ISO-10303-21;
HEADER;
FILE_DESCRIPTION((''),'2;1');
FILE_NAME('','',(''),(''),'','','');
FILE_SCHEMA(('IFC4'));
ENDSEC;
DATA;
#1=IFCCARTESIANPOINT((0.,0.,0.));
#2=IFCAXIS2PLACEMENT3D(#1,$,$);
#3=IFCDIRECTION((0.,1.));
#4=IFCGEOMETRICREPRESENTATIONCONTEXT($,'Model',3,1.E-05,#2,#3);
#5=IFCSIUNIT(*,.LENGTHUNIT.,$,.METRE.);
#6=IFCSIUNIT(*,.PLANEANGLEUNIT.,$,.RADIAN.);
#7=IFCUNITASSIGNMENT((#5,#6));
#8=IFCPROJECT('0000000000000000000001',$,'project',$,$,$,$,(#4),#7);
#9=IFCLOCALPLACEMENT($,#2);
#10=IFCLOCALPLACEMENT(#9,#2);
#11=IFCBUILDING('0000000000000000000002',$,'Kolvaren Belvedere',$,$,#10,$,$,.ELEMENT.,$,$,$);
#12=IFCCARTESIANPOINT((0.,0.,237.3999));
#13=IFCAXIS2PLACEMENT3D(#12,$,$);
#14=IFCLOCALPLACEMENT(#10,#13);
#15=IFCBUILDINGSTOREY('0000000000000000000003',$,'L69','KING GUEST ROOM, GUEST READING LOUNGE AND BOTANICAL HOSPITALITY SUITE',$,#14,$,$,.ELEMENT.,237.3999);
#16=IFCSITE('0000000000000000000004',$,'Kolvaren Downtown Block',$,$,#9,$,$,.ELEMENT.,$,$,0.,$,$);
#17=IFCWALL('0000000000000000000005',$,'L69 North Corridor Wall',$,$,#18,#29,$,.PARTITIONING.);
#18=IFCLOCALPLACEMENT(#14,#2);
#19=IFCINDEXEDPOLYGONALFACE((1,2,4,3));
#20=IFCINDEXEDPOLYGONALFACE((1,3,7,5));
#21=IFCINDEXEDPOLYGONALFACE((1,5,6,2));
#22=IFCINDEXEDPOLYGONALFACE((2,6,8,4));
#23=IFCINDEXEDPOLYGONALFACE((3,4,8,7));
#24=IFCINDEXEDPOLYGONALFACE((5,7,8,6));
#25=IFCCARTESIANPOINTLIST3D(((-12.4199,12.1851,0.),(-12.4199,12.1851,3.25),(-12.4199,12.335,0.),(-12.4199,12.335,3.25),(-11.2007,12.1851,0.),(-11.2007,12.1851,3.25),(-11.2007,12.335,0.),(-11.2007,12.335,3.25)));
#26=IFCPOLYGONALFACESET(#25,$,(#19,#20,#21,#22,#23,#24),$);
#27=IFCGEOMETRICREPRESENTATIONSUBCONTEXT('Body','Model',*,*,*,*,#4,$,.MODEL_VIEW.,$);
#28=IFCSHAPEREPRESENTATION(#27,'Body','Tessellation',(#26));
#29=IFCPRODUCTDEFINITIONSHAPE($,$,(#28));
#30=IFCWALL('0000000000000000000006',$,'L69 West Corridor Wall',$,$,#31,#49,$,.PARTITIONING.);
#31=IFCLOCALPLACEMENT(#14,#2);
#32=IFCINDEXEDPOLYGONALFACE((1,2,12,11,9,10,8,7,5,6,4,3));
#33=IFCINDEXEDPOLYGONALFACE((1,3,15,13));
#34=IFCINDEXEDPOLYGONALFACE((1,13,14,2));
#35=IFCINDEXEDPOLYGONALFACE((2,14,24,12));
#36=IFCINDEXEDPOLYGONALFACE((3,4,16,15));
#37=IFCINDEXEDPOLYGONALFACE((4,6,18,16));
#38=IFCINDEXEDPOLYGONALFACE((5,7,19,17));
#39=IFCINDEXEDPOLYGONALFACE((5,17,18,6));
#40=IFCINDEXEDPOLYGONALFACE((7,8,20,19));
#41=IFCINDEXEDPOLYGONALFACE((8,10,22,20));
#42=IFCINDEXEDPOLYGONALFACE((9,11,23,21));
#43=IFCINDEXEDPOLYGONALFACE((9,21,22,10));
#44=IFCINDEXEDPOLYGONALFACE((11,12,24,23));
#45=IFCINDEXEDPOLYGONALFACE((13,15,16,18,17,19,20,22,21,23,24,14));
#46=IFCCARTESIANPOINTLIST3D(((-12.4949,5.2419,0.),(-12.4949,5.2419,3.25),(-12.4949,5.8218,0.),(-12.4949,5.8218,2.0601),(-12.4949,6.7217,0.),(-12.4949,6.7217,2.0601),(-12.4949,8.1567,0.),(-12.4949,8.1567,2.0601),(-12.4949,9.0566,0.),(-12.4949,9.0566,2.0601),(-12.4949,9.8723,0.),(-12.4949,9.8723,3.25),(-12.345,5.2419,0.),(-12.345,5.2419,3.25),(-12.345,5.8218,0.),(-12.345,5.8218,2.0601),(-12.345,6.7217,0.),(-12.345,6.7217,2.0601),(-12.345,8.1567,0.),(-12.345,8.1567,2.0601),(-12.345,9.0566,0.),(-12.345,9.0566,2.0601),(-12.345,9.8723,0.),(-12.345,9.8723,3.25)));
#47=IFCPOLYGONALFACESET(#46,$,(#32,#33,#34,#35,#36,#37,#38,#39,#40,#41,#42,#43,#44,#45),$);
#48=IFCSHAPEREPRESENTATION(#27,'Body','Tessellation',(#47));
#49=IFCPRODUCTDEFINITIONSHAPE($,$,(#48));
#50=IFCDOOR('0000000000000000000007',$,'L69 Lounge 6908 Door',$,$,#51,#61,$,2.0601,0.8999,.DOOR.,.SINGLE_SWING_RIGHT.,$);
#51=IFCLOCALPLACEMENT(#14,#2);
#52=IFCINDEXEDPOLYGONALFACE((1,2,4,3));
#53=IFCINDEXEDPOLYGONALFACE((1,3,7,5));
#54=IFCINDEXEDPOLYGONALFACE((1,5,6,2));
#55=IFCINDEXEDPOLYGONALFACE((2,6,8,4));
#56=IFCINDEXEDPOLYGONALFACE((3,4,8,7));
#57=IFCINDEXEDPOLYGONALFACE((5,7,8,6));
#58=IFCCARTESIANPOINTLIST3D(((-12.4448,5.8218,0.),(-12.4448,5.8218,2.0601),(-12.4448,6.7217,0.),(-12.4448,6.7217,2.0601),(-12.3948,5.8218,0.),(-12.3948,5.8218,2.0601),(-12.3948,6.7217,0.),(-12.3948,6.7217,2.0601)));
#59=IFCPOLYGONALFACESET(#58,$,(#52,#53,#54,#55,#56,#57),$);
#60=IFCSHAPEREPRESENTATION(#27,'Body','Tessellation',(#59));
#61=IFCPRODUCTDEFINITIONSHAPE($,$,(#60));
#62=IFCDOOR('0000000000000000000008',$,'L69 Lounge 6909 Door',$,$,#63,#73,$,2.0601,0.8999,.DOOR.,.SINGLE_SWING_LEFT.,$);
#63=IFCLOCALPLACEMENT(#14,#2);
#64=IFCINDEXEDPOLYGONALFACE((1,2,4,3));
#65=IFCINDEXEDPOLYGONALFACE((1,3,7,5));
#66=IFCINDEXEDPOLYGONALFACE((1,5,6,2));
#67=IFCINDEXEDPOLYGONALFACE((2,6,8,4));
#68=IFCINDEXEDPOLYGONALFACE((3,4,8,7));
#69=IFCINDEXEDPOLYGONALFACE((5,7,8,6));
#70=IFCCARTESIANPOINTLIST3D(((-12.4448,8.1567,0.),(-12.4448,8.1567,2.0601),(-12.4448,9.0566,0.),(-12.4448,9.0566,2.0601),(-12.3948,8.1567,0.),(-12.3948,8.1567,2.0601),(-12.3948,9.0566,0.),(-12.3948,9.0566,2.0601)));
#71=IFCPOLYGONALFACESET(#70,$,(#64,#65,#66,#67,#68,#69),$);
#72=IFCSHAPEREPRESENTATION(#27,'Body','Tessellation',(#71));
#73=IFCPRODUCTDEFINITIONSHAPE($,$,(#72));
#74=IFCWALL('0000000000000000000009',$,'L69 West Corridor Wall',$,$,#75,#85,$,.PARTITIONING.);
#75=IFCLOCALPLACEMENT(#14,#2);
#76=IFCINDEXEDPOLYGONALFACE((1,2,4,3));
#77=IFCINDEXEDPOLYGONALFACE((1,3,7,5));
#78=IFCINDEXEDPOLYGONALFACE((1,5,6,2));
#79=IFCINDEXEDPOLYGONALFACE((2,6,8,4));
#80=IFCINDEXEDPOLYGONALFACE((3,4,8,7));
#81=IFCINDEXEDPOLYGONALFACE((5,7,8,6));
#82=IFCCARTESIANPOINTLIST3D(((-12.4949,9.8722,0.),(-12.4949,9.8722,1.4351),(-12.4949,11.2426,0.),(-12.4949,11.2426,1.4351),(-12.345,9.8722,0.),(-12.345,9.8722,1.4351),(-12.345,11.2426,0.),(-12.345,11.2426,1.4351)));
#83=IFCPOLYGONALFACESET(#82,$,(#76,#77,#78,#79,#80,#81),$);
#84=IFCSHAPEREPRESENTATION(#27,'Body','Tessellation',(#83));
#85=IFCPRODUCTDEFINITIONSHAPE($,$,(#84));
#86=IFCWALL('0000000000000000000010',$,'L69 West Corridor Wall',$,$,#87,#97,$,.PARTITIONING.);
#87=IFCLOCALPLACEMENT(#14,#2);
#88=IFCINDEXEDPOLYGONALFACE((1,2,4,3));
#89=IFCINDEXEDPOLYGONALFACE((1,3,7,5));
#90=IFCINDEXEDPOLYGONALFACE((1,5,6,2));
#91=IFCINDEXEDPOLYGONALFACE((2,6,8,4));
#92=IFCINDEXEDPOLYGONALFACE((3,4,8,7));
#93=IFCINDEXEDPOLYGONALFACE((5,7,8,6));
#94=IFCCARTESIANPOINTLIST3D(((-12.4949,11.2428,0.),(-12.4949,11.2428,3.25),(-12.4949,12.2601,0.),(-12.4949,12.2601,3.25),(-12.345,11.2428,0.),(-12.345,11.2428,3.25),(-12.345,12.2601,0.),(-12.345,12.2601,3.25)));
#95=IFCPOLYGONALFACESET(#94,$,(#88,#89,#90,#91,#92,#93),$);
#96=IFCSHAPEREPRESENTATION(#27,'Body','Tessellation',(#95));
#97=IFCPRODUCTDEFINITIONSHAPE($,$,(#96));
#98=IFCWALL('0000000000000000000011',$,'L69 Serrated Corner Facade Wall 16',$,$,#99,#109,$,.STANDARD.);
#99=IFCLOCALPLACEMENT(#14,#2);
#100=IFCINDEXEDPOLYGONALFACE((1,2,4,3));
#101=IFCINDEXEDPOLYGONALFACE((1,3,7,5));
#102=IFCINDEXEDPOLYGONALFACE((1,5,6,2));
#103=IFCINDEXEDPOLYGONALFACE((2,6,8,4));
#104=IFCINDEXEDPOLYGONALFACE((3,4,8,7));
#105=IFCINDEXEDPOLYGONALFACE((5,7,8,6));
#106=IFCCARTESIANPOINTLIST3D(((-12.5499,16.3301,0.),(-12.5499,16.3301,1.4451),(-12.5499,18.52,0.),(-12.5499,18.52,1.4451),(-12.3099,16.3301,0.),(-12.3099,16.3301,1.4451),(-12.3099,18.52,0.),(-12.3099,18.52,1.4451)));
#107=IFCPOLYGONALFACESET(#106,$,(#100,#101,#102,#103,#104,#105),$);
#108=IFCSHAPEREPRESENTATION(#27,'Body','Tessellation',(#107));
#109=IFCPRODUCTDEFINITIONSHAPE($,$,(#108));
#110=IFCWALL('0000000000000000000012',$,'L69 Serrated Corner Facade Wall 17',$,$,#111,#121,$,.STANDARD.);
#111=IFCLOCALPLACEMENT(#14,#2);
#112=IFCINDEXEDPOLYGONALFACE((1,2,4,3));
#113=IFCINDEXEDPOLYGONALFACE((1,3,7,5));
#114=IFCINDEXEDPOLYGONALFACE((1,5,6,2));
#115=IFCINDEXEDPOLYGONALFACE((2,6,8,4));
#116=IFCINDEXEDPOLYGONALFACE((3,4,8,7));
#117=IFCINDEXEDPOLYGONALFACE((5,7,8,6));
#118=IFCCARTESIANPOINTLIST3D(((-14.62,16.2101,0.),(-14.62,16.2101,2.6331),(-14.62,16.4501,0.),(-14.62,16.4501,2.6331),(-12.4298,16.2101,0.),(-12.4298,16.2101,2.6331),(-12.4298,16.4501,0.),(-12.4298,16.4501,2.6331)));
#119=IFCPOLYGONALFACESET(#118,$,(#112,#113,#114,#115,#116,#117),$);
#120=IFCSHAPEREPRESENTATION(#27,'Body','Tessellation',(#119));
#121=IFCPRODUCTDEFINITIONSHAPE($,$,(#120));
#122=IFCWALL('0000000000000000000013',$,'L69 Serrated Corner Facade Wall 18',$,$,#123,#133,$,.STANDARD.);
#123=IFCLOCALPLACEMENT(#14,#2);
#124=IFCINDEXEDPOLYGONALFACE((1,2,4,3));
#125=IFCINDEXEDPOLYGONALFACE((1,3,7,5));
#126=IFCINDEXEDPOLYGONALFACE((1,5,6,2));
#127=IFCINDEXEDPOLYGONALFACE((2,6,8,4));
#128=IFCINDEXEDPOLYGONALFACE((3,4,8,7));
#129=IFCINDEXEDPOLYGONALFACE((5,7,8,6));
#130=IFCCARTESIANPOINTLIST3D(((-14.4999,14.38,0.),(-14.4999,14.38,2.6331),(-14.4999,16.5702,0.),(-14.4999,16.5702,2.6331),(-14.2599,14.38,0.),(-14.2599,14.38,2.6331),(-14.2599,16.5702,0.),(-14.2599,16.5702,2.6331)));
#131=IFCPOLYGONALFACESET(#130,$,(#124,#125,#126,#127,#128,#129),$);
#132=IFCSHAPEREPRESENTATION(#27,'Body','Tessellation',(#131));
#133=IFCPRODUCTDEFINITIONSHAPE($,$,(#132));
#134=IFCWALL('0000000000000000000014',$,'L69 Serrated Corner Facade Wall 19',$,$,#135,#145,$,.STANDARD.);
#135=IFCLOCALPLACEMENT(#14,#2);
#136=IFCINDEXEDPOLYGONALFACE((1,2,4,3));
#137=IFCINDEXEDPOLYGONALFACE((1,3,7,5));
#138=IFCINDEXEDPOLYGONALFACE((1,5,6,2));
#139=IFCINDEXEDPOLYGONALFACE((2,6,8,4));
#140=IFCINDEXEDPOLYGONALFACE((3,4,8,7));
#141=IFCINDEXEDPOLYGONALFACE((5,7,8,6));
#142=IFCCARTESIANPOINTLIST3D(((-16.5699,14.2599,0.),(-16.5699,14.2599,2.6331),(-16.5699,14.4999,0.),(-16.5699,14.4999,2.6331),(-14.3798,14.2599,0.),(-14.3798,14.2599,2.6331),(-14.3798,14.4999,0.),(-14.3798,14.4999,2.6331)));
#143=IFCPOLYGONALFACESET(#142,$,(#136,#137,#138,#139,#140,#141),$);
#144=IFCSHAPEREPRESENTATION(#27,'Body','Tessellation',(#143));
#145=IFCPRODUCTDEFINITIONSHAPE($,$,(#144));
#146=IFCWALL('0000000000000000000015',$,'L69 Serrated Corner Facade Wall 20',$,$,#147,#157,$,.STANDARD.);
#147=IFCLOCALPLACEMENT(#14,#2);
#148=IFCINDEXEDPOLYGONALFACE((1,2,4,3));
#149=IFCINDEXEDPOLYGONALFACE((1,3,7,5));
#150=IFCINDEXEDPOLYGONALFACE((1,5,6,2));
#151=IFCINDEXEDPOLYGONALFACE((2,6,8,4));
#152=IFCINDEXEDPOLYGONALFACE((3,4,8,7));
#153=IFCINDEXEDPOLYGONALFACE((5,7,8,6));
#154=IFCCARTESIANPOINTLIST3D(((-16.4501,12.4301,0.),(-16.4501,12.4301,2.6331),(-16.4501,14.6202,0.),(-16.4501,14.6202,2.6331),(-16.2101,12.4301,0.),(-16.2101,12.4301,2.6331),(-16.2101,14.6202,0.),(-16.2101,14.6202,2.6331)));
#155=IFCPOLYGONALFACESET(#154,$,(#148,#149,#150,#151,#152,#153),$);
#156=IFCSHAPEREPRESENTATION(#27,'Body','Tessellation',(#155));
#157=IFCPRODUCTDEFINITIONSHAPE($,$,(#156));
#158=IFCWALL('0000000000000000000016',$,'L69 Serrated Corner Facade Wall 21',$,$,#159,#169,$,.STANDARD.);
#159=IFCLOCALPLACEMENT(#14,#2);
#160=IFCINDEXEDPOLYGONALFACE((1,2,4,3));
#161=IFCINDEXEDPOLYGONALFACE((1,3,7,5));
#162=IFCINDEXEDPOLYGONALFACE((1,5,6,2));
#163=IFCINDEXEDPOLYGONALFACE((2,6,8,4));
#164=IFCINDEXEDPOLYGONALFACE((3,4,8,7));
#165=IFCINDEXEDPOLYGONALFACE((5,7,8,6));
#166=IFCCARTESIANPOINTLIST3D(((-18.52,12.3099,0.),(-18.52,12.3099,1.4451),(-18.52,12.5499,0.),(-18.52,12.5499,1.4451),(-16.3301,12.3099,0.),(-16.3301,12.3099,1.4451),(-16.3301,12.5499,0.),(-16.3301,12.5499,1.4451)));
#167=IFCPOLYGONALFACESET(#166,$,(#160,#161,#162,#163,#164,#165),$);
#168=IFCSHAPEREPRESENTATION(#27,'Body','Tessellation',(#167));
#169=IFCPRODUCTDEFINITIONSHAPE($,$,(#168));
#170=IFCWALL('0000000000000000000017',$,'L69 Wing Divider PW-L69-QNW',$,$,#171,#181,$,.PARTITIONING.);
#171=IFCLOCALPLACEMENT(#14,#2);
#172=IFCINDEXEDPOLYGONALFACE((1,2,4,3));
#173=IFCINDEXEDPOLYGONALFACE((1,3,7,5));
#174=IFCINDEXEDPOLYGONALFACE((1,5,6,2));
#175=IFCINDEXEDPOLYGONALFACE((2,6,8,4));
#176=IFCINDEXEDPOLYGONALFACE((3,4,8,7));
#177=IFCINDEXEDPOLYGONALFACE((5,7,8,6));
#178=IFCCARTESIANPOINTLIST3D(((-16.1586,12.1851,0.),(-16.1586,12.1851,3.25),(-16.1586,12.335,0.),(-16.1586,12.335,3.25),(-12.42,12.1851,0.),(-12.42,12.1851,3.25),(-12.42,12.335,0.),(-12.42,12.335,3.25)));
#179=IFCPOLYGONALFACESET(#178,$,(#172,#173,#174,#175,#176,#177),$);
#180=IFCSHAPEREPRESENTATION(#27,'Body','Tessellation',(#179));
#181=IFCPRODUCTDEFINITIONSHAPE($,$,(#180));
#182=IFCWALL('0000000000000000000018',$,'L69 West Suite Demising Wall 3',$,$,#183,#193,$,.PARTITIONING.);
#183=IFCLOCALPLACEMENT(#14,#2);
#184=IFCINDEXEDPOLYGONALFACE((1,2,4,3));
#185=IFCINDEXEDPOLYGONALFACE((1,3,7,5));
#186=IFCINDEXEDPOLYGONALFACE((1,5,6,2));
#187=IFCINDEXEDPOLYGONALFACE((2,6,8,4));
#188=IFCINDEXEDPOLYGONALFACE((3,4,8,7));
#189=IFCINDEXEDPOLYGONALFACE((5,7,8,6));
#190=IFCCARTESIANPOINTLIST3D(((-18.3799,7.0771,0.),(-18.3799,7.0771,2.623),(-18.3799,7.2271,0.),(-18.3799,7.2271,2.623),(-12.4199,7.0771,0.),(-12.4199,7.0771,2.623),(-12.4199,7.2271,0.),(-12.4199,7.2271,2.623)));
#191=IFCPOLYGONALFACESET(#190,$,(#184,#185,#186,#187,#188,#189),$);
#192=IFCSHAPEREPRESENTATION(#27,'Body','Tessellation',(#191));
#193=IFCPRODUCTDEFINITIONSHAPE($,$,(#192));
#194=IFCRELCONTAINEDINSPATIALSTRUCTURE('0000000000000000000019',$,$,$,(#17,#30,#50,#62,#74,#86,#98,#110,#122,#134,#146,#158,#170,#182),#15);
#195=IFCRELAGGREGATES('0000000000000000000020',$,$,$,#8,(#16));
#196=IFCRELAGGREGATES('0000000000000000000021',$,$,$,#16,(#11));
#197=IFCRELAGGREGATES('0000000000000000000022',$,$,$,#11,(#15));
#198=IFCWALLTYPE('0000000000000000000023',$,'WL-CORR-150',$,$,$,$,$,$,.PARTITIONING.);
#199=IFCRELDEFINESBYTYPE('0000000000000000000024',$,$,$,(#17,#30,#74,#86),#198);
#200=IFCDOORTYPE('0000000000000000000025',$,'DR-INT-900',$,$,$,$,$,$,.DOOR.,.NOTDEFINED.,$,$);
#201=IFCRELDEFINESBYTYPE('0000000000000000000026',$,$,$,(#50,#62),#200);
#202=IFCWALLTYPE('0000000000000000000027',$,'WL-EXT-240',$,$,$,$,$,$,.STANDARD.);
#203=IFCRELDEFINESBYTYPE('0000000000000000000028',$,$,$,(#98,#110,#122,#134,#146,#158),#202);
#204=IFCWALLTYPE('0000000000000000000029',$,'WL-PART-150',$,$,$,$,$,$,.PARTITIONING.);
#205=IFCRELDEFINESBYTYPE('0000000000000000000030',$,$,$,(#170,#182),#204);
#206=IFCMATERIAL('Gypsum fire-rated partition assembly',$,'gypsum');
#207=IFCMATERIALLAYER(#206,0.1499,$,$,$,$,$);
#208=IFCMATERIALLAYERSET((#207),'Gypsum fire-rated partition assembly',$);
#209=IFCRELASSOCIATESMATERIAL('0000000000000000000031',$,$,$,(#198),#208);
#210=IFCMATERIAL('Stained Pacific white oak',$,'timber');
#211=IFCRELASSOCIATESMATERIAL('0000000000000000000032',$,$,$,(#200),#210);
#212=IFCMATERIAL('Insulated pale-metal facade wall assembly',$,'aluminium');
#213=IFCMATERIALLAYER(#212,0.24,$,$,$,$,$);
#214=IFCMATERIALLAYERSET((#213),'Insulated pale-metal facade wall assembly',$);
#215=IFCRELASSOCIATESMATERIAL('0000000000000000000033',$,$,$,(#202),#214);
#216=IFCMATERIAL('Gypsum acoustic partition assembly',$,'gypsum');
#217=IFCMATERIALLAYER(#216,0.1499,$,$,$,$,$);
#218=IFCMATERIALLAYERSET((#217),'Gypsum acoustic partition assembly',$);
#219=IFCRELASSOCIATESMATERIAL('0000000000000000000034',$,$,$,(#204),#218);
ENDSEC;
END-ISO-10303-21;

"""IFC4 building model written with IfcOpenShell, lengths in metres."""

from ifc_helpers import new_model, si_unit, direction, frame, frame_2d, origin, place, context, subcontext, project, spatial, rectangle, extrude, material, layer, layer_set, type_object, element, fill, save


model = new_model("IFC4")

# Units and contexts
model_context = context("Model", 3, precision=1e-05, world=origin(), true_north=direction((0.0, 1.0)))
body_context = subcontext(model_context, "Body", "Model", "MODEL_VIEW")
ifc_project = project(units=[si_unit("LENGTHUNIT", "METRE"), si_unit("PLANEANGLEUNIT", "RADIAN")], contexts=[model_context])

# Site, building, storey
site_placement = place(None, origin())
site = spatial("IfcSite", under=ifc_project, at=site_placement, Name="Kolvaren Downtown Block", CompositionType="ELEMENT", RefElevation=0.0)
building_placement = place(site_placement, origin())
building = spatial("IfcBuilding", under=site, at=building_placement, Name="Kolvaren Belvedere", CompositionType="ELEMENT")
storey_placement = place(building_placement, frame((0.0, 0.0, 237.3999)))
storey = spatial("IfcBuildingStorey", under=building, at=storey_placement, Name="L69", Description="KING GUEST ROOM, GUEST READING LOUNGE AND BOTANICAL HOSPITALITY SUITE", CompositionType="ELEMENT", Elevation=237.3999)

# Wall
ifc_material_1 = material(Name="Gypsum fire-rated partition assembly", Category="gypsum")
ifc_layer_1 = layer(ifc_material_1, 0.1499)
ifc_layer_set_1 = layer_set([ifc_layer_1], Name="Gypsum fire-rated partition assembly")
wall_type_1 = type_object("IfcWallType", Name="WL-CORR-150", PredefinedType="PARTITIONING", material=ifc_layer_set_1)
wall_1_placement = place(storey_placement, frame((-12.4199, 12.26, 0.0), z_axis=(0.0, 0.0, 1.0), x_axis=(1.0, 0.0, 0.0)))
element("IfcWall", 1, at=wall_1_placement, inside=storey, type_object=wall_type_1, Name="L69 North Corridor Wall", PredefinedType="PARTITIONING", context=body_context, shape_type="SweptSolid", body=[
    extrude(rectangle(XDim=1.2192, YDim=0.1499, at=frame_2d((0.6096, 0.0))), origin(), (0.0, 0.0, 1.0), 3.25),
])

# Wall, openings, doors
wall_2_placement = place(storey_placement, frame((-12.4199, 5.2419, 0.0), z_axis=(0.0, 0.0, 1.0), x_axis=(0.0, 1.0, 0.0)))
wall_2 = element("IfcWall", 2, at=wall_2_placement, inside=storey, type_object=wall_type_1, Name="L69 West Corridor Wall", PredefinedType="PARTITIONING", context=body_context, shape_type="SweptSolid", body=[
    extrude(rectangle(XDim=4.6304, YDim=0.1499, at=frame_2d((2.3152, 0.0))), origin(), (0.0, 0.0, 1.0), 3.25),
])
opening_1_placement = place(wall_2_placement, frame((0.5798, 0.0, 0.0)))
opening_1 = element("IfcOpeningElement", 3, at=opening_1_placement, cuts=wall_2, PredefinedType="OPENING", context=body_context, shape_type="SweptSolid", body=[
    extrude(rectangle(XDim=0.8999, YDim=2.0601, at=frame_2d((0.45, 1.03))), frame((0.0, 0.085, 0.0), z_axis=(0.0, -1.0, 0.0), x_axis=(1.0, 0.0, 0.0)), (0.0, 0.0, 1.0), 0.1699),
])
opening_2_placement = place(wall_2_placement, frame((2.9148, 0.0, 0.0)))
opening_2 = element("IfcOpeningElement", 4, at=opening_2_placement, cuts=wall_2, PredefinedType="OPENING", context=body_context, shape_type="SweptSolid", body=[
    extrude(rectangle(XDim=0.8999, YDim=2.0601, at=frame_2d((0.45, 1.03))), frame((0.0, 0.085, 0.0), z_axis=(0.0, -1.0, 0.0), x_axis=(1.0, 0.0, 0.0)), (0.0, 0.0, 1.0), 0.1699),
])
ifc_material_2 = material(Name="Stained Pacific white oak", Category="timber")
door_type = type_object("IfcDoorType", Name="DR-INT-900", OperationType="NOTDEFINED", PredefinedType="DOOR", material=ifc_material_2)
door_1_placement = place(opening_1_placement, origin())
door_1 = element("IfcDoor", 5, at=door_1_placement, inside=storey, type_object=door_type, Name="L69 Lounge 6908 Door", OperationType="SINGLE_SWING_RIGHT", OverallHeight=2.0601, OverallWidth=0.8999, PredefinedType="DOOR", context=body_context, shape_type="SweptSolid", body=[
    extrude(rectangle(XDim=0.8999, YDim=2.0601, at=frame_2d((0.45, 1.03))), frame((0.0, 0.0249, 0.0), z_axis=(0.0, -1.0, 0.0), x_axis=(1.0, 0.0, 0.0)), (0.0, 0.0, 1.0), 0.05),
])
fill(opening_1, door_1)
door_2_placement = place(opening_2_placement, origin())
door_2 = element("IfcDoor", 6, at=door_2_placement, inside=storey, type_object=door_type, Name="L69 Lounge 6909 Door", OperationType="SINGLE_SWING_LEFT", OverallHeight=2.0601, OverallWidth=0.8999, PredefinedType="DOOR", context=body_context, shape_type="SweptSolid", body=[
    extrude(rectangle(XDim=0.8999, YDim=2.0601, at=frame_2d((0.45, 1.03))), frame((0.0, 0.0249, 0.0), z_axis=(0.0, -1.0, 0.0), x_axis=(1.0, 0.0, 0.0)), (0.0, 0.0, 1.0), 0.05),
])
fill(opening_2, door_2)

# Walls
wall_3_placement = place(storey_placement, frame((-12.4199, 9.8723, 0.0), z_axis=(0.0, 0.0, 1.0), x_axis=(0.0, 1.0, 0.0)))
element("IfcWall", 7, at=wall_3_placement, inside=storey, type_object=wall_type_1, Name="L69 West Corridor Wall", PredefinedType="PARTITIONING", context=body_context, shape_type="SweptSolid", body=[
    extrude(rectangle(XDim=1.3704, YDim=0.1499, at=frame_2d((0.6851, 0.0))), origin(), (0.0, 0.0, 1.0), 1.4351),
])
wall_4_placement = place(storey_placement, frame((-12.4199, 11.2427, 0.0), z_axis=(0.0, 0.0, 1.0), x_axis=(0.0, 1.0, 0.0)))
element("IfcWall", 8, at=wall_4_placement, inside=storey, type_object=wall_type_1, Name="L69 West Corridor Wall", PredefinedType="PARTITIONING", context=body_context, shape_type="SweptSolid", body=[
    extrude(rectangle(XDim=1.0173, YDim=0.1499, at=frame_2d((0.5088, 0.0))), origin(), (0.0, 0.0, 1.0), 3.25),
])
ifc_material_3 = material(Name="Insulated pale-metal facade wall assembly", Category="aluminium")
ifc_layer_2 = layer(ifc_material_3, 0.24)
ifc_layer_set_2 = layer_set([ifc_layer_2], Name="Insulated pale-metal facade wall assembly")
wall_type_2 = type_object("IfcWallType", Name="WL-EXT-240", PredefinedType="STANDARD", material=ifc_layer_set_2)
wall_5_placement = place(storey_placement, frame((-12.4299, 16.3301, 0.0), z_axis=(0.0, 0.0, 1.0), x_axis=(0.0, 1.0, 0.0)))
element("IfcWall", 9, at=wall_5_placement, inside=storey, type_object=wall_type_2, Name="L69 Serrated Corner Facade Wall 16", PredefinedType="STANDARD", context=body_context, shape_type="SweptSolid", body=[
    extrude(rectangle(XDim=2.1899, YDim=0.24, at=frame_2d((1.095, 0.0))), origin(), (0.0, 0.0, 1.0), 1.4451),
])
for number, where, z_axis, x_axis, name in (
    (10, (-14.6201, 16.3301, 0.0), (0.0, 0.0, 1.0), (1.0, 0.0, 0.0), "L69 Serrated Corner Facade Wall 17"),
    (11, (-14.3799, 14.3799, 0.0), (0.0, 0.0, 1.0), (0.0, 1.0, 0.0), "L69 Serrated Corner Facade Wall 18"),
    (12, (-16.5701, 14.3799, 0.0), (0.0, 0.0, 1.0), (1.0, 0.0, 0.0), "L69 Serrated Corner Facade Wall 19"),
    (13, (-16.3301, 12.4299, 0.0), (0.0, 0.0, 1.0), (0.0, 1.0, 0.0), "L69 Serrated Corner Facade Wall 20"),
):
    element("IfcWall", number, at=place(storey_placement, frame(where, z_axis=z_axis, x_axis=x_axis)), inside=storey, type_object=wall_type_2, Name=name, PredefinedType="STANDARD", context=body_context, shape_type="SweptSolid", body=[
        extrude(rectangle(XDim=2.1902, YDim=0.24, at=frame_2d((1.0952, 0.0))), origin(), (0.0, 0.0, 1.0), 2.6331),
    ])
wall_6_placement = place(storey_placement, frame((-18.52, 12.4299, 0.0), z_axis=(0.0, 0.0, 1.0), x_axis=(1.0, 0.0, 0.0)))
element("IfcWall", 14, at=wall_6_placement, inside=storey, type_object=wall_type_2, Name="L69 Serrated Corner Facade Wall 21", PredefinedType="STANDARD", context=body_context, shape_type="SweptSolid", body=[
    extrude(rectangle(XDim=2.1899, YDim=0.24, at=frame_2d((1.095, 0.0))), origin(), (0.0, 0.0, 1.0), 1.4451),
])
ifc_material_4 = material(Name="Gypsum acoustic partition assembly", Category="gypsum")
ifc_layer_3 = layer(ifc_material_4, 0.1499)
ifc_layer_set_3 = layer_set([ifc_layer_3], Name="Gypsum acoustic partition assembly")
wall_type_3 = type_object("IfcWallType", Name="WL-PART-150", PredefinedType="PARTITIONING", material=ifc_layer_set_3)
wall_7_placement = place(storey_placement, frame((-16.1584, 12.26, 0.0), z_axis=(0.0, 0.0, 1.0), x_axis=(1.0, 0.0, 0.0)))
element("IfcWall", 15, at=wall_7_placement, inside=storey, type_object=wall_type_3, Name="L69 Wing Divider PW-L69-QNW", PredefinedType="PARTITIONING", context=body_context, shape_type="SweptSolid", body=[
    extrude(rectangle(XDim=3.7385, YDim=0.1499, at=frame_2d((1.8691, 0.0))), origin(), (0.0, 0.0, 1.0), 3.25),
])
wall_8_placement = place(storey_placement, frame((-18.3799, 7.1521, 0.0), z_axis=(0.0, 0.0, 1.0), x_axis=(1.0, 0.0, 0.0)))
element("IfcWall", 16, at=wall_8_placement, inside=storey, type_object=wall_type_3, Name="L69 West Suite Demising Wall 3", PredefinedType="PARTITIONING", context=body_context, shape_type="SweptSolid", body=[
    extrude(rectangle(XDim=5.96, YDim=0.1499, at=frame_2d((2.98, 0.0))), origin(), (0.0, 0.0, 1.0), 2.623),
])

save(model, "model.ifc")
